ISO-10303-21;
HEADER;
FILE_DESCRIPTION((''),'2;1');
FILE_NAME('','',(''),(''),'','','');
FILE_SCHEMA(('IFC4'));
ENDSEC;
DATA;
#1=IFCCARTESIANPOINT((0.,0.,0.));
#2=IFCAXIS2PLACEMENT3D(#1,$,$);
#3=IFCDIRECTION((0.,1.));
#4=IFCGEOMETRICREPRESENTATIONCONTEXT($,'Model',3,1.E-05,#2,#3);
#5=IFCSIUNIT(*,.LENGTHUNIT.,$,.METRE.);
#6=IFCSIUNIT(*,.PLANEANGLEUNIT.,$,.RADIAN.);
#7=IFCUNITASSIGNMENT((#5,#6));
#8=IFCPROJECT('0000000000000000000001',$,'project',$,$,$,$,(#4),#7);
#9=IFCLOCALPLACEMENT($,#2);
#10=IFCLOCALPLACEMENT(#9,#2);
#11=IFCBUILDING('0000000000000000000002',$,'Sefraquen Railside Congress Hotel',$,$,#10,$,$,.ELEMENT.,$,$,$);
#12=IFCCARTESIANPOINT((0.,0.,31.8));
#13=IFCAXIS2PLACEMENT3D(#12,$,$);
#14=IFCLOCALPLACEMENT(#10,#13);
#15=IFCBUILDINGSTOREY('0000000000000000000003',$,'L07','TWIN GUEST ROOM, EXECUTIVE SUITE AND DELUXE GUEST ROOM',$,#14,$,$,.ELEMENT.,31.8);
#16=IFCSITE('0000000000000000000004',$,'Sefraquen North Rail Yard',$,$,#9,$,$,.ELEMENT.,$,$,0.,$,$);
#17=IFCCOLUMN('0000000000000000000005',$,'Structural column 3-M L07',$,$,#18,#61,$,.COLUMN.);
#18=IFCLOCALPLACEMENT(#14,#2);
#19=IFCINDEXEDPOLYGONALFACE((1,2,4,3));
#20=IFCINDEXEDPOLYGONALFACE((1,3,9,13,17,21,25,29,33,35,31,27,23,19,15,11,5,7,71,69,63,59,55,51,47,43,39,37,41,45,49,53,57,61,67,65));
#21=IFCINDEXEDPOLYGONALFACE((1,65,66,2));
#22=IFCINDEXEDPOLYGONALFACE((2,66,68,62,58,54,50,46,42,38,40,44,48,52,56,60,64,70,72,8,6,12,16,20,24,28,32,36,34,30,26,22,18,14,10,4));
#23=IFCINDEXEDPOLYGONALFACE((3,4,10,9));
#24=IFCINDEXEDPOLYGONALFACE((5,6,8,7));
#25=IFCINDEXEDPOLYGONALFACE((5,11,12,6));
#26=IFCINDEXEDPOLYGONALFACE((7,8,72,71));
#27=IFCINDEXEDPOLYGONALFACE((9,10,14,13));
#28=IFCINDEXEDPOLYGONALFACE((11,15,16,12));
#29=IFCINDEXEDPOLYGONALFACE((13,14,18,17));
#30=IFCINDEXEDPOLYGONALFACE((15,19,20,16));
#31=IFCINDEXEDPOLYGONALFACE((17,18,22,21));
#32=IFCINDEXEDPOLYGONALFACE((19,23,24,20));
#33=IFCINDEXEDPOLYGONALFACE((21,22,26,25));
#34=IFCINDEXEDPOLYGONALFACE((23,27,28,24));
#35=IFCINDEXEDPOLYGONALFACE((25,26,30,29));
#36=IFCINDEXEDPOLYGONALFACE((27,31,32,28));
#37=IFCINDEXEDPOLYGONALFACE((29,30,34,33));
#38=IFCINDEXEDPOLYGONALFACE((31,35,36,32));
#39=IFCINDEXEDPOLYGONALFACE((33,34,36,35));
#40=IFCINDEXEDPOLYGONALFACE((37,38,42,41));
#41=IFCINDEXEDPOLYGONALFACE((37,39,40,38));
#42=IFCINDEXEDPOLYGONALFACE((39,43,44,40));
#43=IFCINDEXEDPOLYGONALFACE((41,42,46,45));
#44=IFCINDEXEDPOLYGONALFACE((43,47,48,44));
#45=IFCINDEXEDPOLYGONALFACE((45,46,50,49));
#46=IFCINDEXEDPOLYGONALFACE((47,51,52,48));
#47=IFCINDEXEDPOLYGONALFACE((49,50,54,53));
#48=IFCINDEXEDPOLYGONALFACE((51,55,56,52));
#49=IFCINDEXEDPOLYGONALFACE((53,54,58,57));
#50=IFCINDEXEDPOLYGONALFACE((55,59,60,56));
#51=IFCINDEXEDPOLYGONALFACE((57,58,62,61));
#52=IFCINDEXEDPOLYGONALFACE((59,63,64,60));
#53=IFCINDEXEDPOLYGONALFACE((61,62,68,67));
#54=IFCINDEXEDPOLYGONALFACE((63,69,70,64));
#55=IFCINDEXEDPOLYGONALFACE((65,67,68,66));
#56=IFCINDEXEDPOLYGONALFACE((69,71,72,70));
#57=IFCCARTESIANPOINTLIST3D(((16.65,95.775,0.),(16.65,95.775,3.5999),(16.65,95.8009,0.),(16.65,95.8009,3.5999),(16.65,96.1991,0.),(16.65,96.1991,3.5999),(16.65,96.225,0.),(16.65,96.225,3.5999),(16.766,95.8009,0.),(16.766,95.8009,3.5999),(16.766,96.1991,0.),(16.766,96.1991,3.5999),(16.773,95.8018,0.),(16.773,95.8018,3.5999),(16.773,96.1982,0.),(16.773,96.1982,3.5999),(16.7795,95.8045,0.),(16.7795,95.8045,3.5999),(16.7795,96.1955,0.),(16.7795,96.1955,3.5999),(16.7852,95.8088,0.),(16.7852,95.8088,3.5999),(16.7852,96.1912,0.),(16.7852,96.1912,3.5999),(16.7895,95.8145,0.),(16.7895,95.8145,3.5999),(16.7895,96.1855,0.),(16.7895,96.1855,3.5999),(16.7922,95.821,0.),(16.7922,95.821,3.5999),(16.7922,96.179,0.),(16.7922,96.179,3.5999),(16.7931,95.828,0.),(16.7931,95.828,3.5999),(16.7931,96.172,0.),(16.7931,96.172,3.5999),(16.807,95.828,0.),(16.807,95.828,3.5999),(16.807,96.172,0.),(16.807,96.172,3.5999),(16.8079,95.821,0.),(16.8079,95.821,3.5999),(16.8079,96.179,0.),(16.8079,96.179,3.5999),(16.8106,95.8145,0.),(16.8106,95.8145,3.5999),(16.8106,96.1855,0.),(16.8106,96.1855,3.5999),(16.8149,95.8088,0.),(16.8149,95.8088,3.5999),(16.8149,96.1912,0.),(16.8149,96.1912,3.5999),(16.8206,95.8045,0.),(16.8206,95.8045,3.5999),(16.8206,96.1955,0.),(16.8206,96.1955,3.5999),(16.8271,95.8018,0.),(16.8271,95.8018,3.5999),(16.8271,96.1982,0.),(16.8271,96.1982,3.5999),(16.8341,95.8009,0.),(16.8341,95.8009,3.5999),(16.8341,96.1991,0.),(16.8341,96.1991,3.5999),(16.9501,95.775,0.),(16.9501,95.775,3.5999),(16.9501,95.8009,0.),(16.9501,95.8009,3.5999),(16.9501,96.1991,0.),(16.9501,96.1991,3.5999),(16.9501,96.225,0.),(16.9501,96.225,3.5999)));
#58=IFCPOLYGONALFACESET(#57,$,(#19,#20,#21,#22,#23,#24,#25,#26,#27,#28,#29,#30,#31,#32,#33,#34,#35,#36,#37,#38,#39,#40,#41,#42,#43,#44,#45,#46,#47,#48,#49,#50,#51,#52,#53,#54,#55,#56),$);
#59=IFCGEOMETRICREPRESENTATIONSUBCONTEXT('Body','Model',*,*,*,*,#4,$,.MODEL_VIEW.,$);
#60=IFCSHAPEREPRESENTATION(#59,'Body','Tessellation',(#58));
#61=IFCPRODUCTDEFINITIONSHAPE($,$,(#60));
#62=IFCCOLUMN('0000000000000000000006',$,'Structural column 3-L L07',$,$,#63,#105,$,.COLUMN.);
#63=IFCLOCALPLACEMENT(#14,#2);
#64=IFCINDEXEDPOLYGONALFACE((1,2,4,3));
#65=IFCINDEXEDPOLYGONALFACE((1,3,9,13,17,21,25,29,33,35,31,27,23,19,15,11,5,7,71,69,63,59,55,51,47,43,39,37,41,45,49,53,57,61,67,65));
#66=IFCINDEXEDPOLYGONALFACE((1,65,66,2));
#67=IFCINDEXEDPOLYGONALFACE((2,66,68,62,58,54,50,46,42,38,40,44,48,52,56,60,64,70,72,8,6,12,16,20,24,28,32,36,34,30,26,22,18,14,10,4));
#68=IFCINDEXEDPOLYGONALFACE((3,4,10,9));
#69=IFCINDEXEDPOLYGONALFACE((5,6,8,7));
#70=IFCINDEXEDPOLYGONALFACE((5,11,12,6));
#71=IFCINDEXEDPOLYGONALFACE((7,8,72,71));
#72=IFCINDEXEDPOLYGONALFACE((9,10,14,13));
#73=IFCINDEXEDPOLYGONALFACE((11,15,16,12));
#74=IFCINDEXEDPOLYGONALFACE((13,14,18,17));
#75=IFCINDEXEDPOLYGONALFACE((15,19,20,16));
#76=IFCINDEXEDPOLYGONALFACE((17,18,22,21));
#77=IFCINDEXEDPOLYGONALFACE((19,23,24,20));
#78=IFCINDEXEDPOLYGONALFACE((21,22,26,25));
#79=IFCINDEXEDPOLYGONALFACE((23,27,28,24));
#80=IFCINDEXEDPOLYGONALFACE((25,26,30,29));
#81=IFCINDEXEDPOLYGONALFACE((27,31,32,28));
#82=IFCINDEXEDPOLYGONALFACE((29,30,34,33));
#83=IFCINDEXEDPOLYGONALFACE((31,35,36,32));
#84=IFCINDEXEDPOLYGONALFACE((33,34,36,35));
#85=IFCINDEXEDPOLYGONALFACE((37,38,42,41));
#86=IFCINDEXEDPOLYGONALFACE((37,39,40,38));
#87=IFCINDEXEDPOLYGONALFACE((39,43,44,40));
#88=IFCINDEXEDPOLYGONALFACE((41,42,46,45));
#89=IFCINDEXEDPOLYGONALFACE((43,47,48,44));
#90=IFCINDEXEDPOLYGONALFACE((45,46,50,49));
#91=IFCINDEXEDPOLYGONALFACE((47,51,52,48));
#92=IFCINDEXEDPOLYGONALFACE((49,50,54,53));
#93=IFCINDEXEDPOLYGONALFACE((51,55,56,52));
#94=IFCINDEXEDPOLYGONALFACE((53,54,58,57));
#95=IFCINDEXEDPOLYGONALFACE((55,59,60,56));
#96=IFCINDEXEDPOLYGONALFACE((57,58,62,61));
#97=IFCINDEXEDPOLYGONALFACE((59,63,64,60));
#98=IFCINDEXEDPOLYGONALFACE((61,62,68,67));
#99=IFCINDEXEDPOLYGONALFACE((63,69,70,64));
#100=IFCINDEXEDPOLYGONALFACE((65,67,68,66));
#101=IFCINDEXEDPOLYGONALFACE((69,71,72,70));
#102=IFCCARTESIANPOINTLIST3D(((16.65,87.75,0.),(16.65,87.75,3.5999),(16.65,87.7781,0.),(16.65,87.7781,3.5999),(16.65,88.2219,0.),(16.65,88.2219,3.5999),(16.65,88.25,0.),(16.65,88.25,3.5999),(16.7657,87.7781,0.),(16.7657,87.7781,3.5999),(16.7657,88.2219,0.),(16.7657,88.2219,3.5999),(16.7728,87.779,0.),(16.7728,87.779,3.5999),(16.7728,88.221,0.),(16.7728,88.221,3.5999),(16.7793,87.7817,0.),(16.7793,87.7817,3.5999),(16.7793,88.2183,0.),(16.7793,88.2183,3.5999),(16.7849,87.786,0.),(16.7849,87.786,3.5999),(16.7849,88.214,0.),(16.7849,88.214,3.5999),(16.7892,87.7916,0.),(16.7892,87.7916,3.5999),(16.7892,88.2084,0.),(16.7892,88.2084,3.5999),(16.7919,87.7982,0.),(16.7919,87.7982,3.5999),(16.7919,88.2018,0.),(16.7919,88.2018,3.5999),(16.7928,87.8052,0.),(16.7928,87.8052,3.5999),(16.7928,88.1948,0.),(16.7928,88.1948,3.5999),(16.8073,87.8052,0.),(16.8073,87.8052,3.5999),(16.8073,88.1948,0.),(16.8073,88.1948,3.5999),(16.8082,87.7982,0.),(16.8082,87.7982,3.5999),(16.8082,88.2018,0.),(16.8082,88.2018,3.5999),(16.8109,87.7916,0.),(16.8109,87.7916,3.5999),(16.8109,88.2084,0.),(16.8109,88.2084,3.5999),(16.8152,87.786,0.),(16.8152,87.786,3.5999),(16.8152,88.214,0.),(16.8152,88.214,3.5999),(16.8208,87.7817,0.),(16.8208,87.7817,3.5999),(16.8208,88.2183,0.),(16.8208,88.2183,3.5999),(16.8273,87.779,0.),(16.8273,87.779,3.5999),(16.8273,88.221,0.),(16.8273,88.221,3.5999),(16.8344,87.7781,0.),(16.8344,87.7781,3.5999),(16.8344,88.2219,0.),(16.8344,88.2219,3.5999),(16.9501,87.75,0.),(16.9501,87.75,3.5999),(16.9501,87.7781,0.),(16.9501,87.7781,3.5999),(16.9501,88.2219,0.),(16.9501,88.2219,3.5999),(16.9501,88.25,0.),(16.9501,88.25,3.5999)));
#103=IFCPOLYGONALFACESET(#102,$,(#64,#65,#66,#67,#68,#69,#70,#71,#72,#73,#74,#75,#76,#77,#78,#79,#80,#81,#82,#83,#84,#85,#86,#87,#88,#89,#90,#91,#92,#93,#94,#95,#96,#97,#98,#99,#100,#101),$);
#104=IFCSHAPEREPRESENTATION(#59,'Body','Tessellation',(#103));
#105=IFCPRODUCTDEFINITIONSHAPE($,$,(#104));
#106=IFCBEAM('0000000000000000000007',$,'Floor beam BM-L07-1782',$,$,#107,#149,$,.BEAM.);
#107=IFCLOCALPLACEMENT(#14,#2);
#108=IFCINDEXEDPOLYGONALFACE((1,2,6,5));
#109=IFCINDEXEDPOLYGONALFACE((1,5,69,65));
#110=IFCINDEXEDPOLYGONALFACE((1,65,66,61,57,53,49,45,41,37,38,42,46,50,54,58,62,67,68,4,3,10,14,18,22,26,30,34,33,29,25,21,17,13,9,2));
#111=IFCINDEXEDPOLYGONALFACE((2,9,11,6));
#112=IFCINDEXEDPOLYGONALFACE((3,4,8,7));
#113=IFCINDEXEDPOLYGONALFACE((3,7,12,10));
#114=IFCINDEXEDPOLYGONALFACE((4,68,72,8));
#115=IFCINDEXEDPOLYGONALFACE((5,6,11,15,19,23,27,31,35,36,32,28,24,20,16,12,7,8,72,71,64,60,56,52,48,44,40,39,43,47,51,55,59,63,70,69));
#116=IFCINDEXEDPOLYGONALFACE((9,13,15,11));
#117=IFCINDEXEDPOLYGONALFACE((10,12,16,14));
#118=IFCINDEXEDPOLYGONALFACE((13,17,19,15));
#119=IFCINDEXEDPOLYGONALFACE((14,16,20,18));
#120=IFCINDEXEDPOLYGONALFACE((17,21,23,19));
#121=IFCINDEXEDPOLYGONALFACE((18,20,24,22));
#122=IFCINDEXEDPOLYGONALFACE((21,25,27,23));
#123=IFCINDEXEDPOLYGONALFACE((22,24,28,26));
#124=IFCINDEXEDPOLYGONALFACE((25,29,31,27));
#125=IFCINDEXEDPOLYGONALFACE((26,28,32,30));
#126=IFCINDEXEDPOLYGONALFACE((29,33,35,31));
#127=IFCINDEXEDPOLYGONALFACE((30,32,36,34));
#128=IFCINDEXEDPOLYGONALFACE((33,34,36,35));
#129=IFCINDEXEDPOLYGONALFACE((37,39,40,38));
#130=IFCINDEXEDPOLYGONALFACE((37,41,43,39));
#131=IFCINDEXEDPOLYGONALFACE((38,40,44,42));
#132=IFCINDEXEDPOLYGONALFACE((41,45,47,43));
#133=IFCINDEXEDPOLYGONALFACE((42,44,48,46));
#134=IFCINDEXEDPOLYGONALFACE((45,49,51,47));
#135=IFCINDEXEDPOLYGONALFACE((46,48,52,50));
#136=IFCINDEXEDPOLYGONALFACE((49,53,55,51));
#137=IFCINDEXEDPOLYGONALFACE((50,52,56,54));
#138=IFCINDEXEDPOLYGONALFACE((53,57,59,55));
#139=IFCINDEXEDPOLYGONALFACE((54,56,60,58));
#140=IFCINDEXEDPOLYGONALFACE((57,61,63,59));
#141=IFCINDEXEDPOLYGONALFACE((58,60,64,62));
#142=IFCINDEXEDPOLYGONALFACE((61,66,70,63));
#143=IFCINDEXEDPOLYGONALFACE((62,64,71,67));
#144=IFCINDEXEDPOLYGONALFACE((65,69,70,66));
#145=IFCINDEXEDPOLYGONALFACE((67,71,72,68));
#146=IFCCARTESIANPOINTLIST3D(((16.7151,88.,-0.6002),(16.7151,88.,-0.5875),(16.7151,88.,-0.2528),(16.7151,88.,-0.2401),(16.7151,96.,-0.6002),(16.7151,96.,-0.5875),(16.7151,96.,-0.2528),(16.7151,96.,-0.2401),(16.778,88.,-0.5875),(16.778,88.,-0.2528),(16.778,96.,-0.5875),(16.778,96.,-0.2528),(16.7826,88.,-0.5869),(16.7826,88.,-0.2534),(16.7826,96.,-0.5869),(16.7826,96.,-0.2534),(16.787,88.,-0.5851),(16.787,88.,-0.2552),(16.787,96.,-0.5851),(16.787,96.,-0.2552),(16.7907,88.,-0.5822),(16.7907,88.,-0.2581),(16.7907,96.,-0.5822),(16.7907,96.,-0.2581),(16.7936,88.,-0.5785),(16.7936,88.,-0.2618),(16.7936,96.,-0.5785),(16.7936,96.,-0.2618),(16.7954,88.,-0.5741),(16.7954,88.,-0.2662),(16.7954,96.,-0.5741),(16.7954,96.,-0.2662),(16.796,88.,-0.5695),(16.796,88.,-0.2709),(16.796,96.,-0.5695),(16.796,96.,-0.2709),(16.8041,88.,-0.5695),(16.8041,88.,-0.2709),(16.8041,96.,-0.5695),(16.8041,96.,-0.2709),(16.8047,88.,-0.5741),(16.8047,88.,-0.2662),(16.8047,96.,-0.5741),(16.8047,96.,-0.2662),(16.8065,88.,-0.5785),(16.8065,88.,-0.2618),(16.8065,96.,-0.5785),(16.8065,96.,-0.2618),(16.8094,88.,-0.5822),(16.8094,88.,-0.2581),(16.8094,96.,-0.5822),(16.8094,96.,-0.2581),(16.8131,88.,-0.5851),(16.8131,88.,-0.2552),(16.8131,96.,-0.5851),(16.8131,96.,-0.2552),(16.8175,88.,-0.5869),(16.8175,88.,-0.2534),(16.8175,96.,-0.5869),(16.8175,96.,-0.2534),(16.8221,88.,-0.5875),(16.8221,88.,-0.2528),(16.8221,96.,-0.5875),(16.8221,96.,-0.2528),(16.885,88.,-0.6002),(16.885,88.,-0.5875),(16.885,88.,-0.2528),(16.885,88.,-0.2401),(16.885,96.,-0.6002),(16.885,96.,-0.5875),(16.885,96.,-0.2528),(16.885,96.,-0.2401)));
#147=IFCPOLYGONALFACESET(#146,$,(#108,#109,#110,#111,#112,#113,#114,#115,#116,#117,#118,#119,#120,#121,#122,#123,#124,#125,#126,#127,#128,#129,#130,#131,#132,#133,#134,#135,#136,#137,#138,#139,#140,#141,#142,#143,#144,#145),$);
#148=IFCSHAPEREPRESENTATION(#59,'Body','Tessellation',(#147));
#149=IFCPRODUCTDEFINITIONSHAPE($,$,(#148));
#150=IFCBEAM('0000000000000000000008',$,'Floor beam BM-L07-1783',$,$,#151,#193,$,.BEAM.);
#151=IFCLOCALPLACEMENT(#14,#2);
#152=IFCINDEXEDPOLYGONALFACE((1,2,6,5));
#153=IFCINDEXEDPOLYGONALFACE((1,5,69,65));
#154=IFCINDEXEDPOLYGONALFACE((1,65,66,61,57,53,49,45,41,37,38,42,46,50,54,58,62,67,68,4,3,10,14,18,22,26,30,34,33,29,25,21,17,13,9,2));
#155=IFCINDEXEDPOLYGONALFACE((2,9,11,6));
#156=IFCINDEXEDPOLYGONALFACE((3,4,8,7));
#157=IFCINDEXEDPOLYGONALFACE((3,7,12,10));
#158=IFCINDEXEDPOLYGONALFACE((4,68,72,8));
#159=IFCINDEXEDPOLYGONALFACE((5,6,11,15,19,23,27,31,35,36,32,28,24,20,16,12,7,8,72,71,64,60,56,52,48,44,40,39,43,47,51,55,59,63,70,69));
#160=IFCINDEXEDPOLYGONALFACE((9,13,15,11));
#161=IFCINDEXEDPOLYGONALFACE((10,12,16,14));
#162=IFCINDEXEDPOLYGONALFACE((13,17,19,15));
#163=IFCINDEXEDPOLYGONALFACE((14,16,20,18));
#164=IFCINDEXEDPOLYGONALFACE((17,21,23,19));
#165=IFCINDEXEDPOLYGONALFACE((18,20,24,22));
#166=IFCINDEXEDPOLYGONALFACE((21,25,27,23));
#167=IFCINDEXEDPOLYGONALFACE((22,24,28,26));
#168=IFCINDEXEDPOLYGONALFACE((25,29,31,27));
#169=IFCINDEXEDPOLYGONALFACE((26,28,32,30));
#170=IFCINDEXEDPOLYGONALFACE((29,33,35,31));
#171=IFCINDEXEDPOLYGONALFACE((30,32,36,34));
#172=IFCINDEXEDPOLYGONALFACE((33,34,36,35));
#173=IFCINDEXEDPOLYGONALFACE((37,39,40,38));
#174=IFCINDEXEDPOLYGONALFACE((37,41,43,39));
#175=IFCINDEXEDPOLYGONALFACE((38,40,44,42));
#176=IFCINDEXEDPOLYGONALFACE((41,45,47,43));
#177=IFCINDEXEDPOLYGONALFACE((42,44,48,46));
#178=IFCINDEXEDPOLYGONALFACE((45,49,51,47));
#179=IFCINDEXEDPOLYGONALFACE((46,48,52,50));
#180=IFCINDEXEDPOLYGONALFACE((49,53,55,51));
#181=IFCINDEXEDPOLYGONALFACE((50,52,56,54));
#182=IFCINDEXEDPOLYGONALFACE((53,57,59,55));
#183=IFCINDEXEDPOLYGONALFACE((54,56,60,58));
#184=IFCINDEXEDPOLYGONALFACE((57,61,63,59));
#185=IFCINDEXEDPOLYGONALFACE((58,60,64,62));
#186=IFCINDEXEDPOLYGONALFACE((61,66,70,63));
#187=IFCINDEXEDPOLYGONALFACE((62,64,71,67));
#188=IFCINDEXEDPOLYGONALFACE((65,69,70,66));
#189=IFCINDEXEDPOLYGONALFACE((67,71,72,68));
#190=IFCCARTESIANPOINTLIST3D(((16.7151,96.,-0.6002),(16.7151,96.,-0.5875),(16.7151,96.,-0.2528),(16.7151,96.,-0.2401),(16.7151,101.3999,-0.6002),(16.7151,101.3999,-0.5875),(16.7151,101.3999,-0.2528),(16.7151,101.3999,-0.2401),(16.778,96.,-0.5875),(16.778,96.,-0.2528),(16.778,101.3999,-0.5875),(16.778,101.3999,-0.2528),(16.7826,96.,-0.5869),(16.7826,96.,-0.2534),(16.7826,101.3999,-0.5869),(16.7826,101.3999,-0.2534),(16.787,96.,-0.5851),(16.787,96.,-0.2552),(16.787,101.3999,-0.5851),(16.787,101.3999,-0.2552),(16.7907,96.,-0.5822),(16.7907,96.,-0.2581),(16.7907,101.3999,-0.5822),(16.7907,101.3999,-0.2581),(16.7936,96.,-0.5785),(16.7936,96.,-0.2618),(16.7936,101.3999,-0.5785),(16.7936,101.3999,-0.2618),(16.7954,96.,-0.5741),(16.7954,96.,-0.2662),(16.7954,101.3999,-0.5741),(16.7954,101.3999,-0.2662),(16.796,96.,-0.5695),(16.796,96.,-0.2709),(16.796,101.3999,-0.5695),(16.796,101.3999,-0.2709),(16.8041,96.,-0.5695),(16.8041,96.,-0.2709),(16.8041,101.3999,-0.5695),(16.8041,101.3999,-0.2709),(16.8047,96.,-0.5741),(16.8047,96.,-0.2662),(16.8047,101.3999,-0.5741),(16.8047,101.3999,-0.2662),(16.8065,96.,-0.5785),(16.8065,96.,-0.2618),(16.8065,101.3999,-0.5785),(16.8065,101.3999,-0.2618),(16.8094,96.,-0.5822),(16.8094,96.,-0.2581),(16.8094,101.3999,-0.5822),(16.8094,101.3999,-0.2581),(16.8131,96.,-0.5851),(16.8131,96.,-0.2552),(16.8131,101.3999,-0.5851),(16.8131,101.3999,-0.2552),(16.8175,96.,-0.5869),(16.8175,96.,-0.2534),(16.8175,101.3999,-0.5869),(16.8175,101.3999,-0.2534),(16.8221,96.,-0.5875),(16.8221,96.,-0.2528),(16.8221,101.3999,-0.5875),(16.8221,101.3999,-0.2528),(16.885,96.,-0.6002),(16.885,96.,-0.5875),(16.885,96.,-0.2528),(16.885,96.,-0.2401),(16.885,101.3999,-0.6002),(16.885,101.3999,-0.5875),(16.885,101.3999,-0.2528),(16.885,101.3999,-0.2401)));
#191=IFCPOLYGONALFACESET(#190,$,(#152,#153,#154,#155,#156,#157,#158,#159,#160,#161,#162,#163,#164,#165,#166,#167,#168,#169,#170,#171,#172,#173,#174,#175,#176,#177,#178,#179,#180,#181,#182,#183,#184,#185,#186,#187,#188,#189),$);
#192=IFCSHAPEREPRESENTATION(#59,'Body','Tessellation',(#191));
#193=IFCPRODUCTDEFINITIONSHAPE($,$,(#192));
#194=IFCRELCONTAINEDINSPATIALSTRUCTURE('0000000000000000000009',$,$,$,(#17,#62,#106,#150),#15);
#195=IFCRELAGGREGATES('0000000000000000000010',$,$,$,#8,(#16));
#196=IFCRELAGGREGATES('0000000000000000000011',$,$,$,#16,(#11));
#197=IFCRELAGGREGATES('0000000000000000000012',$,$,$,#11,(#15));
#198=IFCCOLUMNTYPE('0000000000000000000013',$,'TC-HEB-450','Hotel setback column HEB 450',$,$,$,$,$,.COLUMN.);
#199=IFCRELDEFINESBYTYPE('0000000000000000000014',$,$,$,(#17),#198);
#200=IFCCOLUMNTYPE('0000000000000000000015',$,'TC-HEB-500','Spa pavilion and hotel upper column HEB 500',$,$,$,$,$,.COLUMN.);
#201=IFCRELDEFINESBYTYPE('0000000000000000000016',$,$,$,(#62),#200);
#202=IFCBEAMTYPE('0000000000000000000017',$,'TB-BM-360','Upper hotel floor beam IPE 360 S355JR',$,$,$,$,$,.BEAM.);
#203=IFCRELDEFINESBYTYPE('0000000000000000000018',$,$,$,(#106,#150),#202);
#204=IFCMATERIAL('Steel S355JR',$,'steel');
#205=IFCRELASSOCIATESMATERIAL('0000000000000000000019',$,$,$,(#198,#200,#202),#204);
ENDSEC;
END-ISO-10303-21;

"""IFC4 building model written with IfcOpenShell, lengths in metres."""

from ifc_helpers import new_model, si_unit, direction, frame, origin, origin_2d, place, context, subcontext, project, spatial, i_section, extrude, material, material_profile, profile_set, type_object, element, save


model = new_model("IFC4")

# Units and contexts
model_context = context("Model", 3, precision=1e-05, world=origin(), true_north=direction((0.0, 1.0)))
body_context = subcontext(model_context, "Body", "Model", "MODEL_VIEW")
ifc_project = project(units=[si_unit("LENGTHUNIT", "METRE"), si_unit("PLANEANGLEUNIT", "RADIAN")], contexts=[model_context])

# Site, building, storey
site_placement = place(None, origin())
site = spatial("IfcSite", under=ifc_project, at=site_placement, Name="Sefraquen North Rail Yard", CompositionType="ELEMENT", RefElevation=0.0)
building_placement = place(site_placement, origin())
building = spatial("IfcBuilding", under=site, at=building_placement, Name="Sefraquen Railside Congress Hotel", CompositionType="ELEMENT")
storey_placement = place(building_placement, frame((0.0, 0.0, 31.8)))
storey = spatial("IfcBuildingStorey", under=building, at=storey_placement, Name="L07", Description="TWIN GUEST ROOM, EXECUTIVE SUITE AND DELUXE GUEST ROOM", CompositionType="ELEMENT", Elevation=31.8)

# Columns
ifc_material_1 = material(Name="Steel S355JR", Category="steel")
ifc_material_profile_1 = material_profile(ifc_material_1, i_section(OverallWidth=0.3, OverallDepth=0.45, WebThickness=0.0139, FlangeThickness=0.0259, FilletRadius=0.0271, at=origin_2d()), Name="HEB 450")
ifc_profile_set_1 = profile_set([ifc_material_profile_1], Name="Steel S355JR")
column_type_1 = type_object("IfcColumnType", Name="TC-HEB-450", Description="Hotel setback column HEB 450", PredefinedType="COLUMN", material=ifc_profile_set_1)
column_1_placement = place(storey_placement, frame((16.8, 96.0, 0.0), z_axis=(0.0, 0.0, 1.0), x_axis=(1.0, 0.0, 0.0)))
element("IfcColumn", 1, at=column_1_placement, inside=storey, type_object=column_type_1, Name="Structural column 3-M L07", PredefinedType="COLUMN", context=body_context, shape_type="SweptSolid", body=[
    extrude(i_section(OverallWidth=0.3, OverallDepth=0.45, WebThickness=0.0139, FlangeThickness=0.0259, FilletRadius=0.0271, at=origin_2d()), origin(), (0.0, 0.0, 1.0), 3.5999),
])
ifc_material_profile_2 = material_profile(ifc_material_1, i_section(OverallWidth=0.3, OverallDepth=0.5, WebThickness=0.0144, FlangeThickness=0.0281, FilletRadius=0.0271, at=origin_2d()), Name="HEB 500")
ifc_profile_set_2 = profile_set([ifc_material_profile_2], Name="Steel S355JR")
column_type_2 = type_object("IfcColumnType", Name="TC-HEB-500", Description="Spa pavilion and hotel upper column HEB 500", PredefinedType="COLUMN", material=ifc_profile_set_2)
column_2_placement = place(storey_placement, frame((16.8, 88.0, 0.0), z_axis=(0.0, 0.0, 1.0), x_axis=(1.0, 0.0, 0.0)))
element("IfcColumn", 2, at=column_2_placement, inside=storey, type_object=column_type_2, Name="Structural column 3-L L07", PredefinedType="COLUMN", context=body_context, shape_type="SweptSolid", body=[
    extrude(i_section(OverallWidth=0.3, OverallDepth=0.5, WebThickness=0.0144, FlangeThickness=0.0281, FilletRadius=0.0271, at=origin_2d()), origin(), (0.0, 0.0, 1.0), 3.5999),
])

# Beams
ifc_material_profile_3 = material_profile(ifc_material_1, i_section(OverallWidth=0.1699, OverallDepth=0.3601, WebThickness=0.0081, FlangeThickness=0.0127, FilletRadius=0.0181, at=origin_2d()), Name="IPE 360")
ifc_profile_set_3 = profile_set([ifc_material_profile_3], Name="Steel S355JR")
beam_type_1 = type_object("IfcBeamType", Name="TB-BM-360", Description="Upper hotel floor beam IPE 360 S355JR", PredefinedType="BEAM", material=ifc_profile_set_3)
beam_1_placement = place(storey_placement, frame((16.8, 88.0, -0.4202), z_axis=(0.0, 1.0, 0.0), x_axis=(-1.0, 0.0, 0.0)))
element("IfcBeam", 3, at=beam_1_placement, inside=storey, type_object=beam_type_1, Name="Floor beam BM-L07-1782", PredefinedType="BEAM", context=body_context, shape_type="SweptSolid", body=[
    extrude(i_section(OverallWidth=0.1699, OverallDepth=0.3601, WebThickness=0.0081, FlangeThickness=0.0127, FilletRadius=0.0181, at=origin_2d()), origin(), (0.0, 0.0, 1.0), 8.0),
])
beam_2_placement = place(storey_placement, frame((16.8, 96.0, -0.4202), z_axis=(0.0, 1.0, 0.0), x_axis=(-1.0, 0.0, 0.0)))
element("IfcBeam", 4, at=beam_2_placement, inside=storey, type_object=beam_type_1, Name="Floor beam BM-L07-1783", PredefinedType="BEAM", context=body_context, shape_type="SweptSolid", body=[
    extrude(i_section(OverallWidth=0.1699, OverallDepth=0.3601, WebThickness=0.0081, FlangeThickness=0.0127, FilletRadius=0.0181, at=origin_2d()), origin(), (0.0, 0.0, 1.0), 5.3999),
])

save(model, "model.ifc")
